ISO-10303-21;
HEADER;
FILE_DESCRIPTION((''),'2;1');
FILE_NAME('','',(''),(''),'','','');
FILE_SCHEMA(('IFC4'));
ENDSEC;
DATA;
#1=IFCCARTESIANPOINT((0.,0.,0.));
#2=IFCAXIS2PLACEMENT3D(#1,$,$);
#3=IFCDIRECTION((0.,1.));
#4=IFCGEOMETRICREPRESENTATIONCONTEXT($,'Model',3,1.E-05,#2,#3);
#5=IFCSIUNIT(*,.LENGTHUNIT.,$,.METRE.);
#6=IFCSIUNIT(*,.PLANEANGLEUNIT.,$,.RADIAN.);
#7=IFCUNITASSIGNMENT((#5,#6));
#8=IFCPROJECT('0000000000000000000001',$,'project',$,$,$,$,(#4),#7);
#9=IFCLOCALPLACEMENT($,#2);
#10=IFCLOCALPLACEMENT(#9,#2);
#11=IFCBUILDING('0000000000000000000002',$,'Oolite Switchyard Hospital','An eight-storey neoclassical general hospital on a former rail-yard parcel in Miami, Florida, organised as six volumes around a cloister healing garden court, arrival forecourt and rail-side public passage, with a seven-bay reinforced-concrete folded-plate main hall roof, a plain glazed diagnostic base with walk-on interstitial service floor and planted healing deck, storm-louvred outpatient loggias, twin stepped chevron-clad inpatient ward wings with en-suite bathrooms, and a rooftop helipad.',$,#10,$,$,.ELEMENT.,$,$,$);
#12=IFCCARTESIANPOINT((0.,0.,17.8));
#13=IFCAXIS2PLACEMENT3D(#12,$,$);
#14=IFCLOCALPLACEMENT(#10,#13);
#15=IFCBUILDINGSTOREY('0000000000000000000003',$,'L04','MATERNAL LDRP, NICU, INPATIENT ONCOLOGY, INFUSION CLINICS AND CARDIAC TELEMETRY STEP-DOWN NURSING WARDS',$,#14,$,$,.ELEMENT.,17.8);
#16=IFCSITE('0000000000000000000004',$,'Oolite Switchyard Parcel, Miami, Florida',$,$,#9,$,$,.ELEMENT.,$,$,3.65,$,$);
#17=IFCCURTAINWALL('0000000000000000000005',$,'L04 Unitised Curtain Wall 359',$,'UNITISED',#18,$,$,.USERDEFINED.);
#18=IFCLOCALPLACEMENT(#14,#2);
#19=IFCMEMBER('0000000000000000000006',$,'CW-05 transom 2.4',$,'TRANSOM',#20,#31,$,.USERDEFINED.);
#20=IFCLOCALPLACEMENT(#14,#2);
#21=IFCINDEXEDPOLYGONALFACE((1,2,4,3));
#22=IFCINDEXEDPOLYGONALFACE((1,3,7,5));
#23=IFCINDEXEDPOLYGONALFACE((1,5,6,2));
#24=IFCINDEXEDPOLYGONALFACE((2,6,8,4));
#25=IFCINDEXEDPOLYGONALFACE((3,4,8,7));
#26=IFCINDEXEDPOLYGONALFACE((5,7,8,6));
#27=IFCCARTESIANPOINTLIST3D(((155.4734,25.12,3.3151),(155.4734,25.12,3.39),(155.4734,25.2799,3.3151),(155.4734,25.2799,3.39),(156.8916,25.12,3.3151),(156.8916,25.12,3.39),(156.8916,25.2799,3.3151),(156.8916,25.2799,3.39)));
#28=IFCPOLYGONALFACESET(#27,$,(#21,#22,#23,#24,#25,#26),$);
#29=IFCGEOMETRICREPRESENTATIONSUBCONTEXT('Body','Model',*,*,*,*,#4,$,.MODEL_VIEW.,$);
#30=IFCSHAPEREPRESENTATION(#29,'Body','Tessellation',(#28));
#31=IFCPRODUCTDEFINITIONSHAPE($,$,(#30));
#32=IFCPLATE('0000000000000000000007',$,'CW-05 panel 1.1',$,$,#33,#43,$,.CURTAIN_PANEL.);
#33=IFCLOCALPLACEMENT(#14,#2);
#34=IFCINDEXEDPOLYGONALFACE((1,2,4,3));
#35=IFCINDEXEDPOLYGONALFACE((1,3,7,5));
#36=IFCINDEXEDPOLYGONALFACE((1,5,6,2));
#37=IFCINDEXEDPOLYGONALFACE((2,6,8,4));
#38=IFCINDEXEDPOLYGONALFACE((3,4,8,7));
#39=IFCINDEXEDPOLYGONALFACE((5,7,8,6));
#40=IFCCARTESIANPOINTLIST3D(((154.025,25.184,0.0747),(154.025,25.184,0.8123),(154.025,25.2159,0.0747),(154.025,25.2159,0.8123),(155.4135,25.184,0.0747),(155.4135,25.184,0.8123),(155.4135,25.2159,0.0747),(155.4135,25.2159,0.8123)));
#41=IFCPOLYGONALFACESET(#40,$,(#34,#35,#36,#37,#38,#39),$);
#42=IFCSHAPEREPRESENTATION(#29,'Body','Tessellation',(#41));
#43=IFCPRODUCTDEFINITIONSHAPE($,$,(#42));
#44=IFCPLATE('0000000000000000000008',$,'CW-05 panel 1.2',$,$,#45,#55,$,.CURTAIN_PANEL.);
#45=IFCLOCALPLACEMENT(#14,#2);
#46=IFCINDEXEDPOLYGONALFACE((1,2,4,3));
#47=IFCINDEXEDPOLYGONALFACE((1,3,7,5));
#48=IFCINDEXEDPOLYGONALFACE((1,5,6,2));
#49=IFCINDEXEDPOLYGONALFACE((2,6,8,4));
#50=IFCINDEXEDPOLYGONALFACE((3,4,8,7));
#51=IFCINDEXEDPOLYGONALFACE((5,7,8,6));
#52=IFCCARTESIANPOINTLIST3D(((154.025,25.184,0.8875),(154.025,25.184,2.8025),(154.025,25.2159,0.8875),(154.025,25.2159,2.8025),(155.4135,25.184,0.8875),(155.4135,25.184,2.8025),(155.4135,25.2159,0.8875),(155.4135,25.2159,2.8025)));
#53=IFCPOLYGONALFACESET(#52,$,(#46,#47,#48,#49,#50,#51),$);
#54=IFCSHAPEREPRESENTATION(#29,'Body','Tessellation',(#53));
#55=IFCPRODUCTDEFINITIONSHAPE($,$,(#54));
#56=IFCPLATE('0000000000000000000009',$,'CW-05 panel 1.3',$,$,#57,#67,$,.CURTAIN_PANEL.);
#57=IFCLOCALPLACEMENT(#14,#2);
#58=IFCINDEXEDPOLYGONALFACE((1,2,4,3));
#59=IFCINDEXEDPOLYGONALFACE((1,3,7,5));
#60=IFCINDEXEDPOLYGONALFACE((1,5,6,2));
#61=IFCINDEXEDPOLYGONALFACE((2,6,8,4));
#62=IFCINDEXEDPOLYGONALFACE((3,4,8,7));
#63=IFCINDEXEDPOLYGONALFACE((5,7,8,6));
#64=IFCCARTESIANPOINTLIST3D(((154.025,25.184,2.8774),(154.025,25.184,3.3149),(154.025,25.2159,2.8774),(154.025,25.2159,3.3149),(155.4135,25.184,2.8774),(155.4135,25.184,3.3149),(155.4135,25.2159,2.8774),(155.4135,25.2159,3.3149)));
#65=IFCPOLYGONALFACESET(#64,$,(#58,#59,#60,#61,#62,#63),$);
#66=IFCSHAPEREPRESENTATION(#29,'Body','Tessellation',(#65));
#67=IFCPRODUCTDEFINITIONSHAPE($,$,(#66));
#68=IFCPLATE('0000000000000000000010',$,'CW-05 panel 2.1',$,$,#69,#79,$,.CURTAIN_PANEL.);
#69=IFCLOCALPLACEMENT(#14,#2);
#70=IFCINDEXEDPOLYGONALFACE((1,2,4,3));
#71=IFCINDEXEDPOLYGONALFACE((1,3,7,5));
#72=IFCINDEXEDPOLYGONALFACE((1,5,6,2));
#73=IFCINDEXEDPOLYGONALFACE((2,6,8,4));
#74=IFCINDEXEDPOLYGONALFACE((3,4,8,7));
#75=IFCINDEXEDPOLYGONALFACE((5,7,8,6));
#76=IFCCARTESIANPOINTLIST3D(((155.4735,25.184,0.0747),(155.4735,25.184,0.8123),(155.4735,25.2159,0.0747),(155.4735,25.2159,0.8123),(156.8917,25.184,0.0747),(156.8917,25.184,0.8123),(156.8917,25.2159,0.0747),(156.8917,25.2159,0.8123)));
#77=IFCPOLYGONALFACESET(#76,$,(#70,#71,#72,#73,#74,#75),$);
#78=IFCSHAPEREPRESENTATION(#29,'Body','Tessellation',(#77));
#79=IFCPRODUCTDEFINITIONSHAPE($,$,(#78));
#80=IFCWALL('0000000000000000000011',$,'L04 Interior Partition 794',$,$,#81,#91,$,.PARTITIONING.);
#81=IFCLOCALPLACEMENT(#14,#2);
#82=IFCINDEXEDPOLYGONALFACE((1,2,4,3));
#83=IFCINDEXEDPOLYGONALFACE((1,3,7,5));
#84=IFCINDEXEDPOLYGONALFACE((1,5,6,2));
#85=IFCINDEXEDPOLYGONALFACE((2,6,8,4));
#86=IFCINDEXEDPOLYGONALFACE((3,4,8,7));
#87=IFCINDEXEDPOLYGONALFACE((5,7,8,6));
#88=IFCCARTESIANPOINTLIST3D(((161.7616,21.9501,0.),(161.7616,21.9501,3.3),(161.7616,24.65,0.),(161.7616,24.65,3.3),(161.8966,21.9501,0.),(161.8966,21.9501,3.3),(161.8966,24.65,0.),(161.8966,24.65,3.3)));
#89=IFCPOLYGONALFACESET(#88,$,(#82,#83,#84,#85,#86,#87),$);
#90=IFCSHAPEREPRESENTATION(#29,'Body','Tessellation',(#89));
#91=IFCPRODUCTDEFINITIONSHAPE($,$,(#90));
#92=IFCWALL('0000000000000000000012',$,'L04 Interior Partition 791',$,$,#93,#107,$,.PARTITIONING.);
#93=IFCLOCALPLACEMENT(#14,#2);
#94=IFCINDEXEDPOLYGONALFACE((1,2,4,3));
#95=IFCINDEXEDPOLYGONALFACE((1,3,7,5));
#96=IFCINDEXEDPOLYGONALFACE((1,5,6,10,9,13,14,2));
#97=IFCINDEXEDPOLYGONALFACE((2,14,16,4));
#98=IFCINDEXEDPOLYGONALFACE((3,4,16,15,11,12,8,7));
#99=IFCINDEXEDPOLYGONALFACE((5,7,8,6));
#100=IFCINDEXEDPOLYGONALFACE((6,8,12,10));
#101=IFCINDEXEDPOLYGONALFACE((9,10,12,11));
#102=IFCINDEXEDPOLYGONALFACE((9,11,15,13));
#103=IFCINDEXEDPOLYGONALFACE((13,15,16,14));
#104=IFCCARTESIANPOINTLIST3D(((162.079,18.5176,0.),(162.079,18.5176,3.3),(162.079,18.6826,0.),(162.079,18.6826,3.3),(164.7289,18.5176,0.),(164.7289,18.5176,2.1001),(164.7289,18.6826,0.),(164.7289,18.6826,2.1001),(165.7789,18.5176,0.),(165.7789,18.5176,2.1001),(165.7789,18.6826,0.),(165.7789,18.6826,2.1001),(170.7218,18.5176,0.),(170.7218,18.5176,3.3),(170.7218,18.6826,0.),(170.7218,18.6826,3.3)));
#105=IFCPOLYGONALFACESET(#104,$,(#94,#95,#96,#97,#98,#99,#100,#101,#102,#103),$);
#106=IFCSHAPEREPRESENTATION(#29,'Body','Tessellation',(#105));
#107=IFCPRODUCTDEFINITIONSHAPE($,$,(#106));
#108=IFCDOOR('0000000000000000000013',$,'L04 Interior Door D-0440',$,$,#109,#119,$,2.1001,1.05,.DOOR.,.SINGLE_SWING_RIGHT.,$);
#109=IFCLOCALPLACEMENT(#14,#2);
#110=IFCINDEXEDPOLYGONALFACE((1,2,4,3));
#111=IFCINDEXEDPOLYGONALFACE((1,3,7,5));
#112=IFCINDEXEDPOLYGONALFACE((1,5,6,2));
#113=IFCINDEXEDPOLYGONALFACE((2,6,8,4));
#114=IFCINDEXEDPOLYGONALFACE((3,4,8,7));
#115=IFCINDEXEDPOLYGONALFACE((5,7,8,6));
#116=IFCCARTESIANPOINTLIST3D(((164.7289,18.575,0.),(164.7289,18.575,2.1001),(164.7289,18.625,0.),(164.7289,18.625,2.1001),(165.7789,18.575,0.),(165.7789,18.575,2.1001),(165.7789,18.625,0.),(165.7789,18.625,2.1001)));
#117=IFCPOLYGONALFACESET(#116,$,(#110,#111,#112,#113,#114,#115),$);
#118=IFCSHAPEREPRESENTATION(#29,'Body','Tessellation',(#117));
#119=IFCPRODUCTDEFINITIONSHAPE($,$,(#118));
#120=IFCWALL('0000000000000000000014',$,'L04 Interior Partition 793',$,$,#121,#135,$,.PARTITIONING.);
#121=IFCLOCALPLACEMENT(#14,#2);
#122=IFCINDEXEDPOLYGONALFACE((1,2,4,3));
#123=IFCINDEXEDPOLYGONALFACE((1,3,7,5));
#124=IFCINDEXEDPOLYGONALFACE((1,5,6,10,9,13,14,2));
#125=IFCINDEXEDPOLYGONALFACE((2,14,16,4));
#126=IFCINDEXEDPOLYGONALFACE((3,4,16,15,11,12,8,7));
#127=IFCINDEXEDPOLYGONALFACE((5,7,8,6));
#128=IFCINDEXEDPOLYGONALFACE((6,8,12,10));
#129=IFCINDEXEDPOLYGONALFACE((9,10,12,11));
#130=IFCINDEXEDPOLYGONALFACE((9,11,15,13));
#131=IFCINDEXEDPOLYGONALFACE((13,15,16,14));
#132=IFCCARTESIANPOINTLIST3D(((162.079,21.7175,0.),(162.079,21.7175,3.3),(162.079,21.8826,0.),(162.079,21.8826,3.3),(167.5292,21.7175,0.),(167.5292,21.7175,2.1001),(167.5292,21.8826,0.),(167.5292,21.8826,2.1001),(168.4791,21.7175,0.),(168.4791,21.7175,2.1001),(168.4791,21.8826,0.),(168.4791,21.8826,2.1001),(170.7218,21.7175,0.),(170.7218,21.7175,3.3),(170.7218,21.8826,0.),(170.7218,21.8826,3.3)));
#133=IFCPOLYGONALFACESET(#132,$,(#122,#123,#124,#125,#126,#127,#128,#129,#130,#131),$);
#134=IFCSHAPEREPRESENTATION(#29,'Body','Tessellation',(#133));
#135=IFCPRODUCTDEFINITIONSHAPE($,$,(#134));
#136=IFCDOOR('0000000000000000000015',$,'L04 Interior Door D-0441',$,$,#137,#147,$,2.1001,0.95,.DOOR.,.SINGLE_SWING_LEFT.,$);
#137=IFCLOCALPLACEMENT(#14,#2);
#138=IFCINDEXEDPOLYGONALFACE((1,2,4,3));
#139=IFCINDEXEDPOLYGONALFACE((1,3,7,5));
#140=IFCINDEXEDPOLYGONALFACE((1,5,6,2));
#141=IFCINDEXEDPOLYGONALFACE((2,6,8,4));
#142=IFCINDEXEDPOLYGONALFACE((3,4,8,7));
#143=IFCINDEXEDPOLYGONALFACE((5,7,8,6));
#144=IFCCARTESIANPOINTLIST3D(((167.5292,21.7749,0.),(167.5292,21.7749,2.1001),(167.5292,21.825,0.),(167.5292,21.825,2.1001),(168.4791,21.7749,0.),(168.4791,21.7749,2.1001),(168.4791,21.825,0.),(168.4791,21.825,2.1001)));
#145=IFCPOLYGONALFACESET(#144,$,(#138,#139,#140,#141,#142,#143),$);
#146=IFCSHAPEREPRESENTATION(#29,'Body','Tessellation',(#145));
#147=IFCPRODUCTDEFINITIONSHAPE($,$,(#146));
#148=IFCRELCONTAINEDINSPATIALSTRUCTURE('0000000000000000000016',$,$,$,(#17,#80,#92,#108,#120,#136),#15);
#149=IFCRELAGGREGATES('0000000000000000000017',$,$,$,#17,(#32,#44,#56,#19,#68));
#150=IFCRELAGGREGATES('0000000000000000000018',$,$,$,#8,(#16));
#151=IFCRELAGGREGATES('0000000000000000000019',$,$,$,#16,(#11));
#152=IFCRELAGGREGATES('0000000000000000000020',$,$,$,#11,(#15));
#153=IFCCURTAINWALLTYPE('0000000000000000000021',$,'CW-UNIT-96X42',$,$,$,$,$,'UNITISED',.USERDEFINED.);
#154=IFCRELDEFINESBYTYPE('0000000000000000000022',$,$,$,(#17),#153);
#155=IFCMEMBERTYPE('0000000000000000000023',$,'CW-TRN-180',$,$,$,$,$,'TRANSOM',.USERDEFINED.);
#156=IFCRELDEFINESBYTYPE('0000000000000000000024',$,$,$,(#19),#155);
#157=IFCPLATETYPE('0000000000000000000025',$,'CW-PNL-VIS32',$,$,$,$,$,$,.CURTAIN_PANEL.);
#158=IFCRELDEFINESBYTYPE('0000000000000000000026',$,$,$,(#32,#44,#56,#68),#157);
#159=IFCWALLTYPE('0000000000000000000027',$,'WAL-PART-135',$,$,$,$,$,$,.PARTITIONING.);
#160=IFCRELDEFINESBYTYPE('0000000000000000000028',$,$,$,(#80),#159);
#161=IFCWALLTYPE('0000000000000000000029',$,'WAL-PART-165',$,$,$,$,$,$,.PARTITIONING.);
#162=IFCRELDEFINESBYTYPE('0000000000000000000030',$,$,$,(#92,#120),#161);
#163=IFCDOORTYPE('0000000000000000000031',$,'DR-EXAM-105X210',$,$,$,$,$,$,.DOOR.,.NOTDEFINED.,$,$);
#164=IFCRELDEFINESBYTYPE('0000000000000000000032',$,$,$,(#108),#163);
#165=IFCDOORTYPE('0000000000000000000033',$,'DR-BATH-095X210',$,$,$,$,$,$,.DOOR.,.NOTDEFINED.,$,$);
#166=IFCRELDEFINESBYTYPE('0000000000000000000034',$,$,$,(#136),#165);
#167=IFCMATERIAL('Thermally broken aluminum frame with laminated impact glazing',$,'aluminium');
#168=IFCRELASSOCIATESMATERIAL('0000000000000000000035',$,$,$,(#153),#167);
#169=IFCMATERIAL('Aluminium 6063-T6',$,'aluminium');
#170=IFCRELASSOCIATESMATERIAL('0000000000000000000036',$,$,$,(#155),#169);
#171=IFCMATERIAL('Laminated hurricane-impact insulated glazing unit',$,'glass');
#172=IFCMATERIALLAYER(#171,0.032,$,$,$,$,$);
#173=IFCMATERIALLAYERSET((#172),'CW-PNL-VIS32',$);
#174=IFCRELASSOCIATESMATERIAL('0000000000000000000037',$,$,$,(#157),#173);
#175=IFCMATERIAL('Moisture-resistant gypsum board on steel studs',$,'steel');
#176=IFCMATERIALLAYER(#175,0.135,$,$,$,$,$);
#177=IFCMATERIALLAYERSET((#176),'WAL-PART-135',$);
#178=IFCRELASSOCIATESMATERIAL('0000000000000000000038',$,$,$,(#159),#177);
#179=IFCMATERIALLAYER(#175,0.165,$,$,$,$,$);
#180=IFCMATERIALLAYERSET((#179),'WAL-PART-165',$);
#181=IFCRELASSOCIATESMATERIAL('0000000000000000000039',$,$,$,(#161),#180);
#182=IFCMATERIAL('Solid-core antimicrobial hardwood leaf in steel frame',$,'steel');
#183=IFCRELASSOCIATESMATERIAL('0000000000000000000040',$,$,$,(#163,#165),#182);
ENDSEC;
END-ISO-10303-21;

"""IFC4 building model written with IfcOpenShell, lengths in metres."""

from ifc_helpers import new_model, si_unit, direction, frame, frame_2d, origin, origin_2d, place, context, subcontext, project, spatial, rectangle, extrude, material, layer, layer_set, material_profile, profile_set, type_object, element, fill, aggregate, save


model = new_model("IFC4")

# Units and contexts
model_context = context("Model", 3, precision=1e-05, world=origin(), true_north=direction((0.0, 1.0)))
body_context = subcontext(model_context, "Body", "Model", "MODEL_VIEW")
ifc_project = project(units=[si_unit("LENGTHUNIT", "METRE"), si_unit("PLANEANGLEUNIT", "RADIAN")], contexts=[model_context])

# Site, building, storey
site_placement = place(None, origin())
site = spatial("IfcSite", under=ifc_project, at=site_placement, Name="Oolite Switchyard Parcel, Miami, Florida", CompositionType="ELEMENT", RefElevation=3.65)
building_placement = place(site_placement, origin())
building = spatial("IfcBuilding", under=site, at=building_placement, Name="Oolite Switchyard Hospital", Description="An eight-storey neoclassical general hospital on a former rail-yard parcel in Miami, Florida, organised as six volumes around a cloister healing garden court, arrival forecourt and rail-side public passage, with a seven-bay reinforced-concrete folded-plate main hall roof, a plain glazed diagnostic base with walk-on interstitial service floor and planted healing deck, storm-louvred outpatient loggias, twin stepped chevron-clad inpatient ward wings with en-suite bathrooms, and a rooftop helipad.", CompositionType="ELEMENT")
storey_placement = place(building_placement, frame((0.0, 0.0, 17.8)))
storey = spatial("IfcBuildingStorey", under=building, at=storey_placement, Name="L04", Description="MATERNAL LDRP, NICU, INPATIENT ONCOLOGY, INFUSION CLINICS AND CARDIAC TELEMETRY STEP-DOWN NURSING WARDS", CompositionType="ELEMENT", Elevation=17.8)

# Curtain wall, member, plates
ifc_material_1 = material(Name="Thermally broken aluminum frame with laminated impact glazing", Category="aluminium")
curtain_wall_type = type_object("IfcCurtainWallType", Name="CW-UNIT-96X42", ElementType="UNITISED", PredefinedType="USERDEFINED", material=ifc_material_1)
curtain_wall_placement = place(storey_placement, origin())
curtain_wall = element("IfcCurtainWall", 1, at=curtain_wall_placement, inside=storey, type_object=curtain_wall_type, Name="L04 Unitised Curtain Wall 359", ObjectType="UNITISED", PredefinedType="USERDEFINED")
ifc_material_2 = material(Name="Aluminium 6063-T6", Category="aluminium")
ifc_material_profile_1 = material_profile(ifc_material_2, rectangle(XDim=0.1599, YDim=0.075, at=origin_2d()), Name="CWT75X160")
ifc_profile_set_1 = profile_set([ifc_material_profile_1], Name="Aluminium 6063-T6")
member_type_1 = type_object("IfcMemberType", Name="CW-TRN-180", ElementType="TRANSOM", PredefinedType="USERDEFINED", material=ifc_profile_set_1)
member_1_placement = place(storey_placement, frame((155.4734, 25.2, 3.3525), z_axis=(1.0, 0.0, 0.0), x_axis=(0.0, 1.0, 0.0)))
member_1 = element("IfcMember", 2, at=member_1_placement, type_object=member_type_1, Name="CW-05 transom 2.4", ObjectType="TRANSOM", PredefinedType="USERDEFINED", context=body_context, shape_type="SweptSolid", body=[
    extrude(rectangle(XDim=0.1599, YDim=0.075, at=origin_2d()), origin(), (0.0, 0.0, 1.0), 1.4182),
])
ifc_material_3 = material(Name="Laminated hurricane-impact insulated glazing unit", Category="glass")
ifc_layer_1 = layer(ifc_material_3, 0.032)
ifc_layer_set_1 = layer_set([ifc_layer_1], Name="CW-PNL-VIS32")
plate_type = type_object("IfcPlateType", Name="CW-PNL-VIS32", PredefinedType="CURTAIN_PANEL", material=ifc_layer_set_1)
plate_1_placement = place(storey_placement, frame((154.7192, 25.2, 0.0747), z_axis=(0.0, 0.0, 1.0), x_axis=(1.0, 0.0, 0.0)))
plate_1 = element("IfcPlate", 3, at=plate_1_placement, type_object=plate_type, Name="CW-05 panel 1.1", PredefinedType="CURTAIN_PANEL", context=body_context, shape_type="SweptSolid", body=[
    extrude(rectangle(XDim=1.3884, YDim=0.032, at=origin_2d()), origin(), (0.0, 0.0, 1.0), 0.7375),
])
plate_2_placement = place(storey_placement, frame((154.7192, 25.2, 0.8875), z_axis=(0.0, 0.0, 1.0), x_axis=(1.0, 0.0, 0.0)))
plate_2 = element("IfcPlate", 4, at=plate_2_placement, type_object=plate_type, Name="CW-05 panel 1.2", PredefinedType="CURTAIN_PANEL", context=body_context, shape_type="SweptSolid", body=[
    extrude(rectangle(XDim=1.3884, YDim=0.032, at=origin_2d()), origin(), (0.0, 0.0, 1.0), 1.915),
])
plate_3_placement = place(storey_placement, frame((154.7192, 25.2, 2.8774), z_axis=(0.0, 0.0, 1.0), x_axis=(1.0, 0.0, 0.0)))
plate_3 = element("IfcPlate", 5, at=plate_3_placement, type_object=plate_type, Name="CW-05 panel 1.3", PredefinedType="CURTAIN_PANEL", context=body_context, shape_type="SweptSolid", body=[
    extrude(rectangle(XDim=1.3884, YDim=0.032, at=origin_2d()), origin(), (0.0, 0.0, 1.0), 0.4375),
])
plate_4_placement = place(storey_placement, frame((156.1826, 25.2, 0.0747), z_axis=(0.0, 0.0, 1.0), x_axis=(1.0, 0.0, 0.0)))
plate_4 = element("IfcPlate", 6, at=plate_4_placement, type_object=plate_type, Name="CW-05 panel 2.1", PredefinedType="CURTAIN_PANEL", context=body_context, shape_type="SweptSolid", body=[
    extrude(rectangle(XDim=1.4182, YDim=0.032, at=origin_2d()), origin(), (0.0, 0.0, 1.0), 0.7375),
])
aggregate(curtain_wall, [plate_1, plate_2, plate_3, member_1, plate_4])

# Wall
ifc_material_4 = material(Name="Moisture-resistant gypsum board on steel studs", Category="steel")
ifc_layer_2 = layer(ifc_material_4, 0.135)
ifc_layer_set_2 = layer_set([ifc_layer_2], Name="WAL-PART-135")
wall_type_1 = type_object("IfcWallType", Name="WAL-PART-135", PredefinedType="PARTITIONING", material=ifc_layer_set_2)
wall_1_placement = place(storey_placement, frame((161.8291, 21.95, 0.0), z_axis=(0.0, 0.0, 1.0), x_axis=(0.0, 1.0, 0.0)))
element("IfcWall", 7, at=wall_1_placement, inside=storey, type_object=wall_type_1, Name="L04 Interior Partition 794", PredefinedType="PARTITIONING", context=body_context, shape_type="SweptSolid", body=[
    extrude(rectangle(XDim=2.7, YDim=0.135, at=frame_2d((1.3501, 0.0))), origin(), (0.0, 0.0, 1.0), 3.3),
])

# Walls, openings, doors
ifc_layer_3 = layer(ifc_material_4, 0.165)
ifc_layer_set_3 = layer_set([ifc_layer_3], Name="WAL-PART-165")
wall_type_2 = type_object("IfcWallType", Name="WAL-PART-165", PredefinedType="PARTITIONING", material=ifc_layer_set_3)
wall_2_placement = place(storey_placement, frame((162.0791, 18.6001, 0.0), z_axis=(0.0, 0.0, 1.0), x_axis=(1.0, 0.0, 0.0)))
wall_2 = element("IfcWall", 8, at=wall_2_placement, inside=storey, type_object=wall_type_2, Name="L04 Interior Partition 791", PredefinedType="PARTITIONING", context=body_context, shape_type="SweptSolid", body=[
    extrude(rectangle(XDim=8.6428, YDim=0.165, at=frame_2d((4.3213, 0.0))), origin(), (0.0, 0.0, 1.0), 3.3),
])
opening_1_placement = place(wall_2_placement, frame((2.6499, 0.0, 0.0)))
opening_1 = element("IfcOpeningElement", 9, at=opening_1_placement, cuts=wall_2, PredefinedType="OPENING", context=body_context, shape_type="SweptSolid", body=[
    extrude(rectangle(XDim=1.05, YDim=2.1001, at=frame_2d((0.5249, 1.05))), frame((0.0, 0.0925, 0.0), z_axis=(0.0, -1.0, 0.0), x_axis=(1.0, 0.0, 0.0)), (0.0, 0.0, 1.0), 0.1851),
])
ifc_material_5 = material(Name="Solid-core antimicrobial hardwood leaf in steel frame", Category="steel")
door_type_1 = type_object("IfcDoorType", Name="DR-EXAM-105X210", OperationType="NOTDEFINED", PredefinedType="DOOR", material=ifc_material_5)
door_1_placement = place(opening_1_placement, origin())
door_1 = element("IfcDoor", 10, at=door_1_placement, inside=storey, type_object=door_type_1, Name="L04 Interior Door D-0440", OperationType="SINGLE_SWING_RIGHT", OverallHeight=2.1001, OverallWidth=1.05, PredefinedType="DOOR", context=body_context, shape_type="SweptSolid", body=[
    extrude(rectangle(XDim=1.05, YDim=2.1001, at=frame_2d((0.5249, 1.05))), frame((0.0, 0.0249, 0.0), z_axis=(0.0, -1.0, 0.0), x_axis=(1.0, 0.0, 0.0)), (0.0, 0.0, 1.0), 0.05),
])
fill(opening_1, door_1)
wall_3_placement = place(storey_placement, frame((162.0791, 21.8, 0.0), z_axis=(0.0, 0.0, 1.0), x_axis=(1.0, 0.0, 0.0)))
wall_3 = element("IfcWall", 11, at=wall_3_placement, inside=storey, type_object=wall_type_2, Name="L04 Interior Partition 793", PredefinedType="PARTITIONING", context=body_context, shape_type="SweptSolid", body=[
    extrude(rectangle(XDim=8.6428, YDim=0.165, at=frame_2d((4.3213, 0.0))), origin(), (0.0, 0.0, 1.0), 3.3),
])
opening_2_placement = place(wall_3_placement, frame((5.45, 0.0, 0.0)))
opening_2 = element("IfcOpeningElement", 12, at=opening_2_placement, cuts=wall_3, PredefinedType="OPENING", context=body_context, shape_type="SweptSolid", body=[
    extrude(rectangle(XDim=0.95, YDim=2.1001, at=frame_2d((0.4751, 1.05))), frame((0.0, 0.0925, 0.0), z_axis=(0.0, -1.0, 0.0), x_axis=(1.0, 0.0, 0.0)), (0.0, 0.0, 1.0), 0.1851),
])
door_type_2 = type_object("IfcDoorType", Name="DR-BATH-095X210", OperationType="NOTDEFINED", PredefinedType="DOOR", material=ifc_material_5)
door_2_placement = place(opening_2_placement, origin())
door_2 = element("IfcDoor", 13, at=door_2_placement, inside=storey, type_object=door_type_2, Name="L04 Interior Door D-0441", OperationType="SINGLE_SWING_LEFT", OverallHeight=2.1001, OverallWidth=0.95, PredefinedType="DOOR", context=body_context, shape_type="SweptSolid", body=[
    extrude(rectangle(XDim=0.95, YDim=2.1001, at=frame_2d((0.4751, 1.05))), frame((0.0, 0.0249, 0.0), z_axis=(0.0, -1.0, 0.0), x_axis=(1.0, 0.0, 0.0)), (0.0, 0.0, 1.0), 0.05),
])
fill(opening_2, door_2)

save(model, "model.ifc")
